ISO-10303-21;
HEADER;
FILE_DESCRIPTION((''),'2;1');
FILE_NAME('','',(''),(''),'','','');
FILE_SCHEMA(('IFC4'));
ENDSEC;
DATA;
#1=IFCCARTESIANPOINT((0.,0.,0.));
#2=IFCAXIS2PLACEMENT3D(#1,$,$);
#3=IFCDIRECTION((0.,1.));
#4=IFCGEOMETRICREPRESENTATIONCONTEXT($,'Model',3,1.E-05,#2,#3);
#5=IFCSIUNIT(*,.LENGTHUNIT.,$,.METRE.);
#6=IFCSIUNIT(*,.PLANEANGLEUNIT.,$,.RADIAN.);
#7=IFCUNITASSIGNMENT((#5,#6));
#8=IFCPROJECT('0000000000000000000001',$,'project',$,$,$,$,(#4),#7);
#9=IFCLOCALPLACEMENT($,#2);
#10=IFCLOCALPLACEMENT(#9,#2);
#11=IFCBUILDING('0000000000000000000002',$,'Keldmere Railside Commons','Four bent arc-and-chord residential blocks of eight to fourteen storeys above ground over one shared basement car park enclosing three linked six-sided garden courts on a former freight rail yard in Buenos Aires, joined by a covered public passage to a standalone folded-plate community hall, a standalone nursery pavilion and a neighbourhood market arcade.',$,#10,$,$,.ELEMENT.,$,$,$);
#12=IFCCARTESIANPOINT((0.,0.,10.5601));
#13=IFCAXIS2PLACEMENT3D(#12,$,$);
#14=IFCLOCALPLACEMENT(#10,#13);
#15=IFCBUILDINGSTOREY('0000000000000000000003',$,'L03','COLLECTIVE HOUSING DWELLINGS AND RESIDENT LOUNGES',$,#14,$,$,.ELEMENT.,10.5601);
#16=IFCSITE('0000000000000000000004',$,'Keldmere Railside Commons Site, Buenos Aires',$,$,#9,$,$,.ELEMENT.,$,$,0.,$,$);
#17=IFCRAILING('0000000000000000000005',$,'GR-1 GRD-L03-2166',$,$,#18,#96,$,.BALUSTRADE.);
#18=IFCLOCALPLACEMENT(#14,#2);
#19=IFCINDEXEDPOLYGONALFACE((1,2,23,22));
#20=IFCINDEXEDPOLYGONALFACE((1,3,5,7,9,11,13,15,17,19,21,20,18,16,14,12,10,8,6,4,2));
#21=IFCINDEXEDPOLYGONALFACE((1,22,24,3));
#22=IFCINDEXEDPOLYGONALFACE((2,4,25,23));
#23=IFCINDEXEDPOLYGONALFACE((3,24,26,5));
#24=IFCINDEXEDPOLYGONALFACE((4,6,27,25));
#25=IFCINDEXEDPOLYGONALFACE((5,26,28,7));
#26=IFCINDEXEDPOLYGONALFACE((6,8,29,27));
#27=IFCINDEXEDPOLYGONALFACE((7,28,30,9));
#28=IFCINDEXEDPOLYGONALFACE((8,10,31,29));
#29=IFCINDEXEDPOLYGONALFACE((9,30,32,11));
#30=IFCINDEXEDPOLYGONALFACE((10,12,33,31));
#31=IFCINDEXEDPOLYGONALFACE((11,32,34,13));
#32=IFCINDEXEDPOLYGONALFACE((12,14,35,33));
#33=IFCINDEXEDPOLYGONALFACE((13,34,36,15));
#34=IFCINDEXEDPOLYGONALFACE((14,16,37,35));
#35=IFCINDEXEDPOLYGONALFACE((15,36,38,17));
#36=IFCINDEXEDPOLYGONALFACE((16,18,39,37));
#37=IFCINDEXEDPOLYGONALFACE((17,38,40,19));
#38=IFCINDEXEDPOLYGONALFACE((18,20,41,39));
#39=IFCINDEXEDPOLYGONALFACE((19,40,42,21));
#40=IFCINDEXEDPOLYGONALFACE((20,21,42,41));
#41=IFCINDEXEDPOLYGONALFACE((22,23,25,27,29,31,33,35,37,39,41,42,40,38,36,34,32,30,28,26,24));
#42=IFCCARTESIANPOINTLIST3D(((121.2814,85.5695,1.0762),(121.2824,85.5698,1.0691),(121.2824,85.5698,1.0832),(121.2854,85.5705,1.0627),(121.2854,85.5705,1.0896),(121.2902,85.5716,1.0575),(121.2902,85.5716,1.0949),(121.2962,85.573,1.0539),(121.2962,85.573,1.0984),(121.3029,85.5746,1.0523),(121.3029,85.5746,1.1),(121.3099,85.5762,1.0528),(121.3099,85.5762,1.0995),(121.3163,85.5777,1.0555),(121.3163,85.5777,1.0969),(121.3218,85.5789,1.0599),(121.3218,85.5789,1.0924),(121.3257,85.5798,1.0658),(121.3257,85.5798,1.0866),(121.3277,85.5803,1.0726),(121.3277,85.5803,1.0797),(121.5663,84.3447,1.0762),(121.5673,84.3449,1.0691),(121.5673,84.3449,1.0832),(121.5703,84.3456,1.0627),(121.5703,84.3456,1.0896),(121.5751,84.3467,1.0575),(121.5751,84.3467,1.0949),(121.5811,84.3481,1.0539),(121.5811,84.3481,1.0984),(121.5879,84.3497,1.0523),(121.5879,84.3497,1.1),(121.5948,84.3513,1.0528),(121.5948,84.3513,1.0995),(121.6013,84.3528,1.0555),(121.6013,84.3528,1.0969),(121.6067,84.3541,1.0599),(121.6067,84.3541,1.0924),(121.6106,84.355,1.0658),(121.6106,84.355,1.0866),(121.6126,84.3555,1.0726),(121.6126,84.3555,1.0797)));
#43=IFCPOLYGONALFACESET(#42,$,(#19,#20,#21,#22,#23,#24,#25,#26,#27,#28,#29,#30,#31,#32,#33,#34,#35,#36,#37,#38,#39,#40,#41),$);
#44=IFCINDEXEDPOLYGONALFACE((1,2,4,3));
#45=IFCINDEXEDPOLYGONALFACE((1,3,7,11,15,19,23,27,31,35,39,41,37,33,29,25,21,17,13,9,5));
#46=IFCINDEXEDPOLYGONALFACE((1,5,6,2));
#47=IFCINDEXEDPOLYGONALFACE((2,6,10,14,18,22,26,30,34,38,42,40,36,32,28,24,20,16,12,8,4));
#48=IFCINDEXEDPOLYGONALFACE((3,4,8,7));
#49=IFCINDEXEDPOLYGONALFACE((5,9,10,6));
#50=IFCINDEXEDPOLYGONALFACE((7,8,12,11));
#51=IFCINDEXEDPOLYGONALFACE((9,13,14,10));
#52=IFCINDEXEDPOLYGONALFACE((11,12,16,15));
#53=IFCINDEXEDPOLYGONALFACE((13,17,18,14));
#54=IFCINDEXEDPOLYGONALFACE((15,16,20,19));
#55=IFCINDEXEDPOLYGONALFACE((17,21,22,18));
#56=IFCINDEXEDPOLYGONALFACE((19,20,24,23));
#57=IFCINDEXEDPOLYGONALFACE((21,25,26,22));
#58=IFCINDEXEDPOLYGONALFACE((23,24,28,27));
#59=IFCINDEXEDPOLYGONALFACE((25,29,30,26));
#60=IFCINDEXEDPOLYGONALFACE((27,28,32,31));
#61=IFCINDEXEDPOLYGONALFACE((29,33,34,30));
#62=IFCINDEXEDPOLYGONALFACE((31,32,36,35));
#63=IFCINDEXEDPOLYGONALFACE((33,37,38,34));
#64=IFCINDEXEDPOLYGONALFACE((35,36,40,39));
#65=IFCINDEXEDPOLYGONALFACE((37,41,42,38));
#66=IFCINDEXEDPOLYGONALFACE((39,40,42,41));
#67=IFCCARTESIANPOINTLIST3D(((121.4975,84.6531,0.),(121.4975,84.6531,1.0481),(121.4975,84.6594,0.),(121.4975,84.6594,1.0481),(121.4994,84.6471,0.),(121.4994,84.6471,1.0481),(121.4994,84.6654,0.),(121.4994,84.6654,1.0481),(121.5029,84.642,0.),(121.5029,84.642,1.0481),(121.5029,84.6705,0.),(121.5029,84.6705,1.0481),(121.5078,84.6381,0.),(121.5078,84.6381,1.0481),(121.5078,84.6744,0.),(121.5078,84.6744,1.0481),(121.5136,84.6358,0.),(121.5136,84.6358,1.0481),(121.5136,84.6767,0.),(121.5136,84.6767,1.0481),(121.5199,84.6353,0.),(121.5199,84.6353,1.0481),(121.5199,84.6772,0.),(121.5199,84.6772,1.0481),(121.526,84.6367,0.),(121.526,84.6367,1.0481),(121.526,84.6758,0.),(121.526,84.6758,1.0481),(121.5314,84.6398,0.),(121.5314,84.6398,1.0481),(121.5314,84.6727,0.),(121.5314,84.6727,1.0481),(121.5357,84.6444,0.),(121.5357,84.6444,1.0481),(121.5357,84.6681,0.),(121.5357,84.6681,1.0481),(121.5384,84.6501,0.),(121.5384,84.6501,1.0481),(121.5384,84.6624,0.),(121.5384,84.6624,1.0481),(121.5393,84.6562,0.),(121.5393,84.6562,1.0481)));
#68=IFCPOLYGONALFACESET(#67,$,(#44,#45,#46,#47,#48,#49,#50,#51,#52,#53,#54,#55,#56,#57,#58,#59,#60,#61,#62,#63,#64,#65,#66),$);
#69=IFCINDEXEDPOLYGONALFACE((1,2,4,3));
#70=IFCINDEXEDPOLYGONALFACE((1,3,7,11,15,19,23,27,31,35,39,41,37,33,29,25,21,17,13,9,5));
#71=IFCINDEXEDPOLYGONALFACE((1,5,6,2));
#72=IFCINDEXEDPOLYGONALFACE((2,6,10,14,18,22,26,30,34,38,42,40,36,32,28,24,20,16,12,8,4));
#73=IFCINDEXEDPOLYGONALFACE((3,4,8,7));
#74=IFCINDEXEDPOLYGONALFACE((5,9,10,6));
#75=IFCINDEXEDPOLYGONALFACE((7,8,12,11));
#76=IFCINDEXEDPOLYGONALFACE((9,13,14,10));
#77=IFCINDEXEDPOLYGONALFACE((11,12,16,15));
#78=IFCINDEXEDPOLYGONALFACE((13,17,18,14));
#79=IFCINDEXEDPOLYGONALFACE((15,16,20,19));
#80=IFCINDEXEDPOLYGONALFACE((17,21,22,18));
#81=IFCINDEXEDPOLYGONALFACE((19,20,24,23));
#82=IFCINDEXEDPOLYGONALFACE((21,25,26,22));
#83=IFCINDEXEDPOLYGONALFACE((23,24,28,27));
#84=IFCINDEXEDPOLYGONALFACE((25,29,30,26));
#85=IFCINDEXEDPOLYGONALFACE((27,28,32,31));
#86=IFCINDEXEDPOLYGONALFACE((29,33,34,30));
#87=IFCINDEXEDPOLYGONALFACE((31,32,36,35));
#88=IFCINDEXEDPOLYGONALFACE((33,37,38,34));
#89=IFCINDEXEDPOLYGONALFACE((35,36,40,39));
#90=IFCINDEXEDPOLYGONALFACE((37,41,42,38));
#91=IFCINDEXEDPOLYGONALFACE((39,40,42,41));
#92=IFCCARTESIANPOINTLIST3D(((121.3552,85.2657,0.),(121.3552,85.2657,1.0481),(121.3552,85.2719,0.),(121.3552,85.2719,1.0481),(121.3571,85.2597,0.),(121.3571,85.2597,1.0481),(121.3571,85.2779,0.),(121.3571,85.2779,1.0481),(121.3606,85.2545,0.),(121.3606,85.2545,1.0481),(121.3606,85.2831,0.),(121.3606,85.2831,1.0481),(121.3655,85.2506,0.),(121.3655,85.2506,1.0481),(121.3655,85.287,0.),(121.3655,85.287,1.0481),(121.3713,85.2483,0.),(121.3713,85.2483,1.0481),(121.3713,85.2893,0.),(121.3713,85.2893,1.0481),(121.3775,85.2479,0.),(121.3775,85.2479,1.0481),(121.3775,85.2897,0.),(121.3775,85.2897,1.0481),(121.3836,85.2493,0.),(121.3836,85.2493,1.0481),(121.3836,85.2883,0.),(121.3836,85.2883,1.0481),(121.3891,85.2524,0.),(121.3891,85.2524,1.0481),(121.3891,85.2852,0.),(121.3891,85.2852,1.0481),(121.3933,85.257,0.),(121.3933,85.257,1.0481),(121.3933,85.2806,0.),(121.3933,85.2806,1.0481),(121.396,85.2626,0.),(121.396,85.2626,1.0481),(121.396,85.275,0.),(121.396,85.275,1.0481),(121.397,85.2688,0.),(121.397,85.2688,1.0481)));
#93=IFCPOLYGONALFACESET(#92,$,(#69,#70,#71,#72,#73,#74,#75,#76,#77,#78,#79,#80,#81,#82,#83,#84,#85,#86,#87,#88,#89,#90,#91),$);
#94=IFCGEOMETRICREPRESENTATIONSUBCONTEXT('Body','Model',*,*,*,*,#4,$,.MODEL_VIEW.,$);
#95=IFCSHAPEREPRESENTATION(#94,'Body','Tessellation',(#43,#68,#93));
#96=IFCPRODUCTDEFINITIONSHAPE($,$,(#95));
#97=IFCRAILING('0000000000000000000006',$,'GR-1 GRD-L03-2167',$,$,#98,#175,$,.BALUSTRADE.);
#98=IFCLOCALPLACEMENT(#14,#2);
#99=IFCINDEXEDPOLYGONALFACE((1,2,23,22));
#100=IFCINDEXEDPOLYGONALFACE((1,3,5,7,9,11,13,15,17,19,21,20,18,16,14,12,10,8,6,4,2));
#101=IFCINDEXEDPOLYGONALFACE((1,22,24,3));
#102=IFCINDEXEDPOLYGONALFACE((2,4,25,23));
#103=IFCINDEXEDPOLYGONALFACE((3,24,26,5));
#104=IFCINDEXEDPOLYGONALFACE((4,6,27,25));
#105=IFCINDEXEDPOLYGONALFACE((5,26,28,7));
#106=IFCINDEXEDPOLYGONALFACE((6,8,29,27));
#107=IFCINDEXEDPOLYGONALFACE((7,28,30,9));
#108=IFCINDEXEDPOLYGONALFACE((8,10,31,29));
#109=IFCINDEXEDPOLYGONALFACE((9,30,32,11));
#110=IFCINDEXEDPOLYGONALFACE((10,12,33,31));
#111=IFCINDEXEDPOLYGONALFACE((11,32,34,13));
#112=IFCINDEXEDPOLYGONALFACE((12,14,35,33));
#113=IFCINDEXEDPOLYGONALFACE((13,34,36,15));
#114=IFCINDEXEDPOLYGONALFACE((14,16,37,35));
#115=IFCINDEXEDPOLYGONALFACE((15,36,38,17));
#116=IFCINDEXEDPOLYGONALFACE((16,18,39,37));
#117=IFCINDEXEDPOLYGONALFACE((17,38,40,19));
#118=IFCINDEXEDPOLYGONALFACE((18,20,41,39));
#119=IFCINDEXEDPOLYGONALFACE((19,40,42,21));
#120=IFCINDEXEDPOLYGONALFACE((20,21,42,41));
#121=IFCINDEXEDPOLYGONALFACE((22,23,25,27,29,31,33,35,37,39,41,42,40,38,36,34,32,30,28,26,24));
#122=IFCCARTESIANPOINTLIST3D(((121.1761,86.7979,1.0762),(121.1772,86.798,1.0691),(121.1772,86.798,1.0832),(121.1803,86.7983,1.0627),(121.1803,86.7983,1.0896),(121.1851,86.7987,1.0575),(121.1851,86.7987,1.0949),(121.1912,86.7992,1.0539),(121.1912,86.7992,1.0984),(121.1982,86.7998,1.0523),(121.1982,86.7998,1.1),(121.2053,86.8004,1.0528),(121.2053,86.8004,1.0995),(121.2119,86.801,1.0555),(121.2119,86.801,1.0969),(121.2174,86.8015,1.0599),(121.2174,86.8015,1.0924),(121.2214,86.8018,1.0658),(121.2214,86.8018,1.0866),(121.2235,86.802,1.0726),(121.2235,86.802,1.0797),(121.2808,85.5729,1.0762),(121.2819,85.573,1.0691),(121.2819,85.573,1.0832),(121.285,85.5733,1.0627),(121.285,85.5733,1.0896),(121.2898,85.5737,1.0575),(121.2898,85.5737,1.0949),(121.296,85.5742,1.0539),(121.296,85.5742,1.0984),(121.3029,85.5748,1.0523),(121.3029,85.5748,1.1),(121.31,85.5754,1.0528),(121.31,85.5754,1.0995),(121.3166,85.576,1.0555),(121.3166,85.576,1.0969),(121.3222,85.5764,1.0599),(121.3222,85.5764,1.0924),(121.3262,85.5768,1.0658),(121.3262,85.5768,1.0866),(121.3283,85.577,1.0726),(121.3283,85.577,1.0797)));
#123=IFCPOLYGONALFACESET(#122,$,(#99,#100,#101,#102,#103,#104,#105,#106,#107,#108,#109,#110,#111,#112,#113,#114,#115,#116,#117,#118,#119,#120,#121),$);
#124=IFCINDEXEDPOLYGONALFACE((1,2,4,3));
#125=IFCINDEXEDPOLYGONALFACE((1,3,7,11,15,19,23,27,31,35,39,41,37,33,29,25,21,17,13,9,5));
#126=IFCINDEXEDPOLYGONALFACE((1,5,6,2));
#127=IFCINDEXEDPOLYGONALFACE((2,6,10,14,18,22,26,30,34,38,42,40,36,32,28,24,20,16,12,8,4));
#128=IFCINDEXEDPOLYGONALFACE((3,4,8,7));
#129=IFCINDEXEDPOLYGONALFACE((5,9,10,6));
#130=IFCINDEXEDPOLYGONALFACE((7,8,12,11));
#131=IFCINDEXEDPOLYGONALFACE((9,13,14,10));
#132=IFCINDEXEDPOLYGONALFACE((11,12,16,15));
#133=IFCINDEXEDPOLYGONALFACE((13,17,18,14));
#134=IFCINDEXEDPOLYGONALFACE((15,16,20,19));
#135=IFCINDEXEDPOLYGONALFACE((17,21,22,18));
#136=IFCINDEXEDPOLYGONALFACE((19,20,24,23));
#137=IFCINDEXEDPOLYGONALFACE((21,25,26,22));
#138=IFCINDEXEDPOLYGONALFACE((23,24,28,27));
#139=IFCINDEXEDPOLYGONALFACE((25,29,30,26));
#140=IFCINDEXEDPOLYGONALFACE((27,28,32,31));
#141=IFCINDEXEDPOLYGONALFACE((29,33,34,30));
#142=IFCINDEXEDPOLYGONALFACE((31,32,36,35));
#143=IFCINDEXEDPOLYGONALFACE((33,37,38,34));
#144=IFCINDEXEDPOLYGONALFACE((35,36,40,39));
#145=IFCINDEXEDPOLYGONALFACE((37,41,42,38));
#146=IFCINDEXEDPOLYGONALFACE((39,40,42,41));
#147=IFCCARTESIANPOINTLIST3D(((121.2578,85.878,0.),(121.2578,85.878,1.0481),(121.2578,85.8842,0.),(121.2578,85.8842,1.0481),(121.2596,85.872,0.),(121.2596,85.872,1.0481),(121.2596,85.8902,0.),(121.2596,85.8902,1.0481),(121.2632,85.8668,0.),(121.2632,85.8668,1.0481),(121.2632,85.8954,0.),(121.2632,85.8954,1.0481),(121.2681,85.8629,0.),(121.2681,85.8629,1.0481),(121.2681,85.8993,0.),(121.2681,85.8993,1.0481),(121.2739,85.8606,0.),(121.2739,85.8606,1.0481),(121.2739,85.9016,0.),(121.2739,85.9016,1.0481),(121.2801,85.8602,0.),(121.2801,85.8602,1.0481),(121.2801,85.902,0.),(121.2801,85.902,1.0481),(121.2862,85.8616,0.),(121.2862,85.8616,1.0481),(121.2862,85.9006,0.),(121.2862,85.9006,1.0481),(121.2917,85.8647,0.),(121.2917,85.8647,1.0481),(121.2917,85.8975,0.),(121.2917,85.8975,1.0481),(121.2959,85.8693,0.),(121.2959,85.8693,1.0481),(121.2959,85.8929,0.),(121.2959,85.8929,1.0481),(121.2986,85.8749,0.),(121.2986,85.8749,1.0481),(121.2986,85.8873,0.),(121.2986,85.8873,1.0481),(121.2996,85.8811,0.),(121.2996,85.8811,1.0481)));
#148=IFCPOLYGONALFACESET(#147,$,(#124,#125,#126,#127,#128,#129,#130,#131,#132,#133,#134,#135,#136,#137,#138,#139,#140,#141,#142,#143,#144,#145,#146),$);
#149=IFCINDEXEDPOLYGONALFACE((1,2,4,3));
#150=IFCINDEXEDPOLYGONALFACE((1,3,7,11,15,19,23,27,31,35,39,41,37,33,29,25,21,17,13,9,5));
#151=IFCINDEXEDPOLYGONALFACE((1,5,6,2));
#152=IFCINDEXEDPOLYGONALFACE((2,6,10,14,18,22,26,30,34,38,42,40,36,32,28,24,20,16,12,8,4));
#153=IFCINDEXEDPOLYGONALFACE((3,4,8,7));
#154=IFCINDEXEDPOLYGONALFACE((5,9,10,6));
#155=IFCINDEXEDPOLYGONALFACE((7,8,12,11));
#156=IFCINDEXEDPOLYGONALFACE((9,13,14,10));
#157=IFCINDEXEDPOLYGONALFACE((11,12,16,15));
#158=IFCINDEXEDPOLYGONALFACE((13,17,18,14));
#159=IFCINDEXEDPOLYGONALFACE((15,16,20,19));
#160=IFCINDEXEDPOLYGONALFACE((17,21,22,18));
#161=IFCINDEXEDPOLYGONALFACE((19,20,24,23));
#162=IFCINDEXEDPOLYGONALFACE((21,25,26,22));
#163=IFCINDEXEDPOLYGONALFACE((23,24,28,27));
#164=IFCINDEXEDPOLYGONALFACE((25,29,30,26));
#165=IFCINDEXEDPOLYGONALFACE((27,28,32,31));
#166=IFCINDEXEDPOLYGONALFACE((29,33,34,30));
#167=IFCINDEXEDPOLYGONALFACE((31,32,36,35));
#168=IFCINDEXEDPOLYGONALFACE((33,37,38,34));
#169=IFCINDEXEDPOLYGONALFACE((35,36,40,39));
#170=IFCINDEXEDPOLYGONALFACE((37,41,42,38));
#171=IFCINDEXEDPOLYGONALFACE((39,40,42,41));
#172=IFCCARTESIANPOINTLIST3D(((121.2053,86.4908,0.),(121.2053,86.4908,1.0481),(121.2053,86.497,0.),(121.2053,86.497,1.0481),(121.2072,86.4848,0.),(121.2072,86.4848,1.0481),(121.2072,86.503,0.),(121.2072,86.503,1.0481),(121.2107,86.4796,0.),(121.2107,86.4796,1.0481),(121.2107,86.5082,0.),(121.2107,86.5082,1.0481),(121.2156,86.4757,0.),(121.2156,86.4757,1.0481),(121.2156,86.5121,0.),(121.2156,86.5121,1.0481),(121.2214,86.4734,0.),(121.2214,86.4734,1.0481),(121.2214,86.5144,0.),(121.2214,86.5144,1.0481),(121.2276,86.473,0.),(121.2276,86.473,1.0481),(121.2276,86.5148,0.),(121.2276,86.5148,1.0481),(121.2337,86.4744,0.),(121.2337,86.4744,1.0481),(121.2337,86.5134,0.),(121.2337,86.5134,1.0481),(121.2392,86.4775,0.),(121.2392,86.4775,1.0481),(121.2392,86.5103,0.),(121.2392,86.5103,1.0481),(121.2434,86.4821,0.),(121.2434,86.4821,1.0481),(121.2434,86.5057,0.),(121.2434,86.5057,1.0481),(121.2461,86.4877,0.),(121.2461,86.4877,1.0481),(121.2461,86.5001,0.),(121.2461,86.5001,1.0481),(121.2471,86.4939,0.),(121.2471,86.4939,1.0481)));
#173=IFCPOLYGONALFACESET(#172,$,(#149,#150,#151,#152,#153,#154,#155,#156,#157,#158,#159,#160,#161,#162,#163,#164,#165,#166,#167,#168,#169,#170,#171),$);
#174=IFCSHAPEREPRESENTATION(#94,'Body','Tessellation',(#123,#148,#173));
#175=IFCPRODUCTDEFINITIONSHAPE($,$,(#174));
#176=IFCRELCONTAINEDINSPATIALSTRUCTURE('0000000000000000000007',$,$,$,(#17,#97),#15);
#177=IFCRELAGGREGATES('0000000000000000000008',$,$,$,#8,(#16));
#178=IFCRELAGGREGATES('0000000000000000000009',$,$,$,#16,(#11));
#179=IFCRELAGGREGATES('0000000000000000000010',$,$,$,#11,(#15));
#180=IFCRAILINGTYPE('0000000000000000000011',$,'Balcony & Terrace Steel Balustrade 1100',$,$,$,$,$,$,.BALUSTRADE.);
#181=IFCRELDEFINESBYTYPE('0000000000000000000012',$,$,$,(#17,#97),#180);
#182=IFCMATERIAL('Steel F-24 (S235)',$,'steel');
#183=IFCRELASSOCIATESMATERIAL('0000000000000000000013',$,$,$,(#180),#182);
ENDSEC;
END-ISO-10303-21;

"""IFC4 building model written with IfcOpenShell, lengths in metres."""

from ifc_helpers import new_model, si_unit, direction, frame, origin, origin_2d, place, context, subcontext, project, spatial, circle, extrude, material, type_object, element, save


model = new_model("IFC4")

# Units and contexts
model_context = context("Model", 3, precision=1e-05, world=origin(), true_north=direction((0.0, 1.0)))
body_context = subcontext(model_context, "Body", "Model", "MODEL_VIEW")
ifc_project = project(units=[si_unit("LENGTHUNIT", "METRE"), si_unit("PLANEANGLEUNIT", "RADIAN")], contexts=[model_context])

# Site, building, storey
site_placement = place(None, origin())
site = spatial("IfcSite", under=ifc_project, at=site_placement, Name="Keldmere Railside Commons Site, Buenos Aires", CompositionType="ELEMENT", RefElevation=0.0)
building_placement = place(site_placement, origin())
building = spatial("IfcBuilding", under=site, at=building_placement, Name="Keldmere Railside Commons", Description="Four bent arc-and-chord residential blocks of eight to fourteen storeys above ground over one shared basement car park enclosing three linked six-sided garden courts on a former freight rail yard in Buenos Aires, joined by a covered public passage to a standalone folded-plate community hall, a standalone nursery pavilion and a neighbourhood market arcade.", CompositionType="ELEMENT")
storey_placement = place(building_placement, frame((0.0, 0.0, 10.5601)))
storey = spatial("IfcBuildingStorey", under=building, at=storey_placement, Name="L03", Description="COLLECTIVE HOUSING DWELLINGS AND RESIDENT LOUNGES", CompositionType="ELEMENT", Elevation=10.5601)

# Railings
ifc_material_1 = material(Name="Steel F-24 (S235)", Category="steel")
railing_type = type_object("IfcRailingType", Name="Balcony & Terrace Steel Balustrade 1100", PredefinedType="BALUSTRADE", material=ifc_material_1)
railing_1_placement = place(storey_placement, frame((121.5896, 84.3501, 0.0)))
element("IfcRailing", 1, at=railing_1_placement, inside=storey, type_object=railing_type, Name="GR-1 GRD-L03-2166", PredefinedType="BALUSTRADE", context=body_context, shape_type="SweptSolid", body=[
    extrude(circle(Radius=0.0239, at=origin_2d()), frame((0.0, 0.0, 1.0762), z_axis=(-0.226561, 0.973997, 0.0), x_axis=(-0.973997, -0.226561, 0.0)), (0.0, 0.0, 1.0), 1.2576),
    extrude(circle(Radius=0.021, at=origin_2d()), frame((-0.0713, 0.3062, 0.0)), (0.0, 0.0, 1.0), 1.0481),
    extrude(circle(Radius=0.021, at=origin_2d()), frame((-0.2136, 0.9187, 0.0)), (0.0, 0.0, 1.0), 1.0481),
])
railing_2_placement = place(storey_placement, frame((121.3047, 85.575, 0.0)))
element("IfcRailing", 2, at=railing_2_placement, inside=storey, type_object=railing_type, Name="GR-1 GRD-L03-2167", PredefinedType="BALUSTRADE", context=body_context, shape_type="SweptSolid", body=[
    extrude(circle(Radius=0.0239, at=origin_2d()), frame((0.0, 0.0, 1.0762), z_axis=(-0.085182, 0.996365, 0.0), x_axis=(-0.996365, -0.085182, 0.0)), (0.0, 0.0, 1.0), 1.2295),
    extrude(circle(Radius=0.021, at=origin_2d()), frame((-0.0261, 0.3062, 0.0)), (0.0, 0.0, 1.0), 1.0481),
    extrude(circle(Radius=0.021, at=origin_2d()), frame((-0.0786, 0.9189, 0.0)), (0.0, 0.0, 1.0), 1.0481),
])

save(model, "model.ifc")
